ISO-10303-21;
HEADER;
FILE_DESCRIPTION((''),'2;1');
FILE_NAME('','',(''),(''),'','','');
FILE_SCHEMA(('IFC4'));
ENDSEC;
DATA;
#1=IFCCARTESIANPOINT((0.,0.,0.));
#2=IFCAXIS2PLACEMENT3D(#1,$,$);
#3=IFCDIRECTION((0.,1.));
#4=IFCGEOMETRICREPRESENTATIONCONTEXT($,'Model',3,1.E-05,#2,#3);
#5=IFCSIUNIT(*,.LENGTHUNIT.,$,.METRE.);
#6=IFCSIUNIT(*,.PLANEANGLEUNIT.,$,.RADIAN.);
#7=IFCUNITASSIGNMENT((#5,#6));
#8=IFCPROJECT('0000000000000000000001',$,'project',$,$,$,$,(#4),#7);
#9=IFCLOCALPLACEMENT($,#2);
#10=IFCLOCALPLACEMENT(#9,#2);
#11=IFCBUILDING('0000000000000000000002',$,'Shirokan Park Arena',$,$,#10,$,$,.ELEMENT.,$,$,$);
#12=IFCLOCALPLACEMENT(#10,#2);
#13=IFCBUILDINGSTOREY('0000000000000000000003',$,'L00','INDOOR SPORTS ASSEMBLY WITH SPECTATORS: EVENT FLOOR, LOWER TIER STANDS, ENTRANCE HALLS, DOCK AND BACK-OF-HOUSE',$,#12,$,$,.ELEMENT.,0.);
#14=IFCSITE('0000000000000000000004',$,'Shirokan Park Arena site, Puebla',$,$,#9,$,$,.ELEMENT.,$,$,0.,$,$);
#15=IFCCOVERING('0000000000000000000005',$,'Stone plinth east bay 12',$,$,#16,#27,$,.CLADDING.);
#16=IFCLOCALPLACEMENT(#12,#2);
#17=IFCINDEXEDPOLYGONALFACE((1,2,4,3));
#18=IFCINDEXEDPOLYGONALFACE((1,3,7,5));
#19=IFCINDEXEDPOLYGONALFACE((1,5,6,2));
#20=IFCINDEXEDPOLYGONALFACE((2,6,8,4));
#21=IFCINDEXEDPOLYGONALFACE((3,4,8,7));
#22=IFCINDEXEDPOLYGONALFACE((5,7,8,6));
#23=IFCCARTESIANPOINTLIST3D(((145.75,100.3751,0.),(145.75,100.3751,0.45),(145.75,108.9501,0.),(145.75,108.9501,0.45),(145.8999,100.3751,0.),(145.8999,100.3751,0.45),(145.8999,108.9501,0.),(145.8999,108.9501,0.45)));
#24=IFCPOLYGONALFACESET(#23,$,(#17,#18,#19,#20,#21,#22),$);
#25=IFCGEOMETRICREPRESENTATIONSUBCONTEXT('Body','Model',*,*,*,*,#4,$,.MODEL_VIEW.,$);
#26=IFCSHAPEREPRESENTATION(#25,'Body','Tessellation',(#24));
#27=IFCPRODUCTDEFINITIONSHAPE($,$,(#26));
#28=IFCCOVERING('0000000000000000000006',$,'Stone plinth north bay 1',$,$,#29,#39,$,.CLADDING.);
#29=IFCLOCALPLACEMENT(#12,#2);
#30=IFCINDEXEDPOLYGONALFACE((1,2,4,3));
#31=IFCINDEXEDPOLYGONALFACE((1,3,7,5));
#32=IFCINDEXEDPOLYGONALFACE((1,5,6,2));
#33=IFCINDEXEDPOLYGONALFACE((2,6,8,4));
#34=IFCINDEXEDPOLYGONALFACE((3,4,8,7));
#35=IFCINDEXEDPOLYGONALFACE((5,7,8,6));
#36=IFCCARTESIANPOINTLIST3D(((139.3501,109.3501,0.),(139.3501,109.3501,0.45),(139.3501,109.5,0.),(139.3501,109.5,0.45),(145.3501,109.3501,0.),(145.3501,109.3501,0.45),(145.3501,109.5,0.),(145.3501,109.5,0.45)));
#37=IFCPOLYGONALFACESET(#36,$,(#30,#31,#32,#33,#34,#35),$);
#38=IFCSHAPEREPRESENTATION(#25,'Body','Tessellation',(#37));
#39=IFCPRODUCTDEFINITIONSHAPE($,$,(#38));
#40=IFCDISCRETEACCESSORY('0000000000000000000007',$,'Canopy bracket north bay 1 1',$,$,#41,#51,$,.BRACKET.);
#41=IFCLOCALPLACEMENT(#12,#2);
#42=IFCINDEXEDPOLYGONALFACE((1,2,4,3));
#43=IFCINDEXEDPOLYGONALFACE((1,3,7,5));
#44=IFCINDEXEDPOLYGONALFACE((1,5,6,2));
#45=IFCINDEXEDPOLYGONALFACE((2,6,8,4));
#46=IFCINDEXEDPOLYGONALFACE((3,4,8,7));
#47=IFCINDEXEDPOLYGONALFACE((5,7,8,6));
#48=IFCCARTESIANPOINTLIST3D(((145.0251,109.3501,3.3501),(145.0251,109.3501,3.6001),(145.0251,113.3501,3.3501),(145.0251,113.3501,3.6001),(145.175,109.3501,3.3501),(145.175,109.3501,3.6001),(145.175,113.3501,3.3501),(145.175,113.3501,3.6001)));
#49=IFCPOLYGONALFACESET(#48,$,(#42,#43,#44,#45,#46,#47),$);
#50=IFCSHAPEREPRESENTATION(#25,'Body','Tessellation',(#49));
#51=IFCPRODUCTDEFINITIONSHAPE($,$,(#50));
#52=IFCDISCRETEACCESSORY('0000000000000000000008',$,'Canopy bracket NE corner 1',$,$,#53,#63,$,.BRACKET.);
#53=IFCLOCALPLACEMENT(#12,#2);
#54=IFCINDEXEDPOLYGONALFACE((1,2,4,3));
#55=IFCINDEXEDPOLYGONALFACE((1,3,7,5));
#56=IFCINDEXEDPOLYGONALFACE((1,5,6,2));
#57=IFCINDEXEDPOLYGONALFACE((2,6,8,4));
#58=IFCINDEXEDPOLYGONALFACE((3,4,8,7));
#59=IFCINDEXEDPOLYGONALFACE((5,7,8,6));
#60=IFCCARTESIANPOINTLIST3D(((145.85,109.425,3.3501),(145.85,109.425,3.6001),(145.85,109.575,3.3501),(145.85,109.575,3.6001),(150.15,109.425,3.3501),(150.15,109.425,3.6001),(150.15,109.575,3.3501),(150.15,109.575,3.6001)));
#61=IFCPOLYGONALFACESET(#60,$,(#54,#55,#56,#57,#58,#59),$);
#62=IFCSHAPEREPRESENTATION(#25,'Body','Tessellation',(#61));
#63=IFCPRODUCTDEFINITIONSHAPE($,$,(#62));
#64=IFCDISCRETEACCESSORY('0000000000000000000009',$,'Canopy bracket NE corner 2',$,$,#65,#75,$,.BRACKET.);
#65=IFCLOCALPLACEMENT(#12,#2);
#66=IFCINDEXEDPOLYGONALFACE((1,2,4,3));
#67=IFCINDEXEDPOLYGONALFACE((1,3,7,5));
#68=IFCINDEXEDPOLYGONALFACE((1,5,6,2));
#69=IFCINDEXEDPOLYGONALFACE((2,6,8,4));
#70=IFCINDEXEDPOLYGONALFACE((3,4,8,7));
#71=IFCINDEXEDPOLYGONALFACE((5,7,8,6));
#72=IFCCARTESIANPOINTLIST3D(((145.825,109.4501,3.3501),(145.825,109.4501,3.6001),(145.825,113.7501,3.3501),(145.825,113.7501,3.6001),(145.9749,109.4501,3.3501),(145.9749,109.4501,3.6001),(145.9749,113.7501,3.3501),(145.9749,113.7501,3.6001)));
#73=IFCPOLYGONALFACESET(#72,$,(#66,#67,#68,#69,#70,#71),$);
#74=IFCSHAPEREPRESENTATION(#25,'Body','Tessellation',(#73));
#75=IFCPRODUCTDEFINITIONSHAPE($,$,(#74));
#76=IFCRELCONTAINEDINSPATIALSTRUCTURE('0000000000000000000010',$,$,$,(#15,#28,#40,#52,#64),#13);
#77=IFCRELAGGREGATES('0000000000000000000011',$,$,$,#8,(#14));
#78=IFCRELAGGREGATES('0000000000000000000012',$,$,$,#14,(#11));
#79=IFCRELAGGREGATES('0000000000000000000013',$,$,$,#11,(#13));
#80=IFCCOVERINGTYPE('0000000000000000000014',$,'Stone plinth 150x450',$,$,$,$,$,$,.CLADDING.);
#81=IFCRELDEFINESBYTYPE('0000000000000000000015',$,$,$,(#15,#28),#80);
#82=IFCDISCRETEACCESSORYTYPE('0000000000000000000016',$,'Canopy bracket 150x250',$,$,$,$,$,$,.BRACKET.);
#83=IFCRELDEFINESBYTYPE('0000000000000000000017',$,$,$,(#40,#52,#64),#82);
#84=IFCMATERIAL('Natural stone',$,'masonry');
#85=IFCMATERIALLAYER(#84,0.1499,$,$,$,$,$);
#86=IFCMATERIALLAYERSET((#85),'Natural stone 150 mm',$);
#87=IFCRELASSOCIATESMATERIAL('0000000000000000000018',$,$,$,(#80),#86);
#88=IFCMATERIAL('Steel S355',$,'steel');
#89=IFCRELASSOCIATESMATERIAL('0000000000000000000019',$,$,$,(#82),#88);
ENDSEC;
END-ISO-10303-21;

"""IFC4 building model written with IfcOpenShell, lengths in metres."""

from ifc_helpers import new_model, si_unit, direction, frame, origin, origin_2d, place, context, subcontext, project, spatial, rectangle, extrude, material, layer, layer_set, type_object, element, save


model = new_model("IFC4")

# Units and contexts
model_context = context("Model", 3, precision=1e-05, world=origin(), true_north=direction((0.0, 1.0)))
body_context = subcontext(model_context, "Body", "Model", "MODEL_VIEW")
ifc_project = project(units=[si_unit("LENGTHUNIT", "METRE"), si_unit("PLANEANGLEUNIT", "RADIAN")], contexts=[model_context])

# Site, building, storey
site_placement = place(None, origin())
site = spatial("IfcSite", under=ifc_project, at=site_placement, Name="Shirokan Park Arena site, Puebla", CompositionType="ELEMENT", RefElevation=0.0)
building_placement = place(site_placement, origin())
building = spatial("IfcBuilding", under=site, at=building_placement, Name="Shirokan Park Arena", CompositionType="ELEMENT")
storey_placement = place(building_placement, origin())
storey = spatial("IfcBuildingStorey", under=building, at=storey_placement, Name="L00", Description="INDOOR SPORTS ASSEMBLY WITH SPECTATORS: EVENT FLOOR, LOWER TIER STANDS, ENTRANCE HALLS, DOCK AND BACK-OF-HOUSE", CompositionType="ELEMENT", Elevation=0.0)

# Shared definitions
ifc_material_1 = material(Name="Steel S355", Category="steel")

# Coverings
ifc_material_2 = material(Name="Natural stone", Category="masonry")
ifc_layer_1 = layer(ifc_material_2, 0.1499)
ifc_layer_set_1 = layer_set([ifc_layer_1], Name="Natural stone 150 mm")
covering_type_1 = type_object("IfcCoveringType", Name="Stone plinth 150x450", PredefinedType="CLADDING", material=ifc_layer_set_1)
covering_1_placement = place(storey_placement, frame((145.825, 104.6626, 0.0), z_axis=(0.0, 0.0, 1.0), x_axis=(0.0, 1.0, 0.0)))
element("IfcCovering", 1, at=covering_1_placement, inside=storey, type_object=covering_type_1, Name="Stone plinth east bay 12", PredefinedType="CLADDING", context=body_context, shape_type="SweptSolid", body=[
    extrude(rectangle(XDim=8.575, YDim=0.1499, at=origin_2d()), origin(), (0.0, 0.0, 1.0), 0.45),
])
covering_2_placement = place(storey_placement, frame((142.3501, 109.425, 0.0), z_axis=(0.0, 0.0, 1.0), x_axis=(-1.0, 0.0, 0.0)))
element("IfcCovering", 2, at=covering_2_placement, inside=storey, type_object=covering_type_1, Name="Stone plinth north bay 1", PredefinedType="CLADDING", context=body_context, shape_type="SweptSolid", body=[
    extrude(rectangle(XDim=6.0, YDim=0.1499, at=origin_2d()), origin(), (0.0, 0.0, 1.0), 0.45),
])

# Discrete accessories
discrete_accessory_type = type_object("IfcDiscreteAccessoryType", Name="Canopy bracket 150x250", PredefinedType="BRACKET", material=ifc_material_1)
discrete_accessory_1_placement = place(storey_placement, frame((145.1001, 111.3501, 3.3501), z_axis=(0.0, 0.0, 1.0), x_axis=(-1.0, 0.0, 0.0)))
element("IfcDiscreteAccessory", 3, at=discrete_accessory_1_placement, inside=storey, type_object=discrete_accessory_type, Name="Canopy bracket north bay 1 1", PredefinedType="BRACKET", context=body_context, shape_type="SweptSolid", body=[
    extrude(rectangle(XDim=0.1499, YDim=4.0, at=origin_2d()), origin(), (0.0, 0.0, 1.0), 0.25),
])
discrete_accessory_2_placement = place(storey_placement, frame((148.0, 109.5, 3.3501), z_axis=(0.0, 0.0, 1.0), x_axis=(1.0, 0.0, 0.0)))
element("IfcDiscreteAccessory", 4, at=discrete_accessory_2_placement, inside=storey, type_object=discrete_accessory_type, Name="Canopy bracket NE corner 1", PredefinedType="BRACKET", context=body_context, shape_type="SweptSolid", body=[
    extrude(rectangle(XDim=4.3, YDim=0.1499, at=origin_2d()), origin(), (0.0, 0.0, 1.0), 0.25),
])
discrete_accessory_3_placement = place(storey_placement, frame((145.8999, 111.6001, 3.3501), z_axis=(0.0, 0.0, 1.0), x_axis=(1.0, 0.0, 0.0)))
element("IfcDiscreteAccessory", 5, at=discrete_accessory_3_placement, inside=storey, type_object=discrete_accessory_type, Name="Canopy bracket NE corner 2", PredefinedType="BRACKET", context=body_context, shape_type="SweptSolid", body=[
    extrude(rectangle(XDim=0.1499, YDim=4.3, at=origin_2d()), origin(), (0.0, 0.0, 1.0), 0.25),
])

save(model, "model.ifc")
